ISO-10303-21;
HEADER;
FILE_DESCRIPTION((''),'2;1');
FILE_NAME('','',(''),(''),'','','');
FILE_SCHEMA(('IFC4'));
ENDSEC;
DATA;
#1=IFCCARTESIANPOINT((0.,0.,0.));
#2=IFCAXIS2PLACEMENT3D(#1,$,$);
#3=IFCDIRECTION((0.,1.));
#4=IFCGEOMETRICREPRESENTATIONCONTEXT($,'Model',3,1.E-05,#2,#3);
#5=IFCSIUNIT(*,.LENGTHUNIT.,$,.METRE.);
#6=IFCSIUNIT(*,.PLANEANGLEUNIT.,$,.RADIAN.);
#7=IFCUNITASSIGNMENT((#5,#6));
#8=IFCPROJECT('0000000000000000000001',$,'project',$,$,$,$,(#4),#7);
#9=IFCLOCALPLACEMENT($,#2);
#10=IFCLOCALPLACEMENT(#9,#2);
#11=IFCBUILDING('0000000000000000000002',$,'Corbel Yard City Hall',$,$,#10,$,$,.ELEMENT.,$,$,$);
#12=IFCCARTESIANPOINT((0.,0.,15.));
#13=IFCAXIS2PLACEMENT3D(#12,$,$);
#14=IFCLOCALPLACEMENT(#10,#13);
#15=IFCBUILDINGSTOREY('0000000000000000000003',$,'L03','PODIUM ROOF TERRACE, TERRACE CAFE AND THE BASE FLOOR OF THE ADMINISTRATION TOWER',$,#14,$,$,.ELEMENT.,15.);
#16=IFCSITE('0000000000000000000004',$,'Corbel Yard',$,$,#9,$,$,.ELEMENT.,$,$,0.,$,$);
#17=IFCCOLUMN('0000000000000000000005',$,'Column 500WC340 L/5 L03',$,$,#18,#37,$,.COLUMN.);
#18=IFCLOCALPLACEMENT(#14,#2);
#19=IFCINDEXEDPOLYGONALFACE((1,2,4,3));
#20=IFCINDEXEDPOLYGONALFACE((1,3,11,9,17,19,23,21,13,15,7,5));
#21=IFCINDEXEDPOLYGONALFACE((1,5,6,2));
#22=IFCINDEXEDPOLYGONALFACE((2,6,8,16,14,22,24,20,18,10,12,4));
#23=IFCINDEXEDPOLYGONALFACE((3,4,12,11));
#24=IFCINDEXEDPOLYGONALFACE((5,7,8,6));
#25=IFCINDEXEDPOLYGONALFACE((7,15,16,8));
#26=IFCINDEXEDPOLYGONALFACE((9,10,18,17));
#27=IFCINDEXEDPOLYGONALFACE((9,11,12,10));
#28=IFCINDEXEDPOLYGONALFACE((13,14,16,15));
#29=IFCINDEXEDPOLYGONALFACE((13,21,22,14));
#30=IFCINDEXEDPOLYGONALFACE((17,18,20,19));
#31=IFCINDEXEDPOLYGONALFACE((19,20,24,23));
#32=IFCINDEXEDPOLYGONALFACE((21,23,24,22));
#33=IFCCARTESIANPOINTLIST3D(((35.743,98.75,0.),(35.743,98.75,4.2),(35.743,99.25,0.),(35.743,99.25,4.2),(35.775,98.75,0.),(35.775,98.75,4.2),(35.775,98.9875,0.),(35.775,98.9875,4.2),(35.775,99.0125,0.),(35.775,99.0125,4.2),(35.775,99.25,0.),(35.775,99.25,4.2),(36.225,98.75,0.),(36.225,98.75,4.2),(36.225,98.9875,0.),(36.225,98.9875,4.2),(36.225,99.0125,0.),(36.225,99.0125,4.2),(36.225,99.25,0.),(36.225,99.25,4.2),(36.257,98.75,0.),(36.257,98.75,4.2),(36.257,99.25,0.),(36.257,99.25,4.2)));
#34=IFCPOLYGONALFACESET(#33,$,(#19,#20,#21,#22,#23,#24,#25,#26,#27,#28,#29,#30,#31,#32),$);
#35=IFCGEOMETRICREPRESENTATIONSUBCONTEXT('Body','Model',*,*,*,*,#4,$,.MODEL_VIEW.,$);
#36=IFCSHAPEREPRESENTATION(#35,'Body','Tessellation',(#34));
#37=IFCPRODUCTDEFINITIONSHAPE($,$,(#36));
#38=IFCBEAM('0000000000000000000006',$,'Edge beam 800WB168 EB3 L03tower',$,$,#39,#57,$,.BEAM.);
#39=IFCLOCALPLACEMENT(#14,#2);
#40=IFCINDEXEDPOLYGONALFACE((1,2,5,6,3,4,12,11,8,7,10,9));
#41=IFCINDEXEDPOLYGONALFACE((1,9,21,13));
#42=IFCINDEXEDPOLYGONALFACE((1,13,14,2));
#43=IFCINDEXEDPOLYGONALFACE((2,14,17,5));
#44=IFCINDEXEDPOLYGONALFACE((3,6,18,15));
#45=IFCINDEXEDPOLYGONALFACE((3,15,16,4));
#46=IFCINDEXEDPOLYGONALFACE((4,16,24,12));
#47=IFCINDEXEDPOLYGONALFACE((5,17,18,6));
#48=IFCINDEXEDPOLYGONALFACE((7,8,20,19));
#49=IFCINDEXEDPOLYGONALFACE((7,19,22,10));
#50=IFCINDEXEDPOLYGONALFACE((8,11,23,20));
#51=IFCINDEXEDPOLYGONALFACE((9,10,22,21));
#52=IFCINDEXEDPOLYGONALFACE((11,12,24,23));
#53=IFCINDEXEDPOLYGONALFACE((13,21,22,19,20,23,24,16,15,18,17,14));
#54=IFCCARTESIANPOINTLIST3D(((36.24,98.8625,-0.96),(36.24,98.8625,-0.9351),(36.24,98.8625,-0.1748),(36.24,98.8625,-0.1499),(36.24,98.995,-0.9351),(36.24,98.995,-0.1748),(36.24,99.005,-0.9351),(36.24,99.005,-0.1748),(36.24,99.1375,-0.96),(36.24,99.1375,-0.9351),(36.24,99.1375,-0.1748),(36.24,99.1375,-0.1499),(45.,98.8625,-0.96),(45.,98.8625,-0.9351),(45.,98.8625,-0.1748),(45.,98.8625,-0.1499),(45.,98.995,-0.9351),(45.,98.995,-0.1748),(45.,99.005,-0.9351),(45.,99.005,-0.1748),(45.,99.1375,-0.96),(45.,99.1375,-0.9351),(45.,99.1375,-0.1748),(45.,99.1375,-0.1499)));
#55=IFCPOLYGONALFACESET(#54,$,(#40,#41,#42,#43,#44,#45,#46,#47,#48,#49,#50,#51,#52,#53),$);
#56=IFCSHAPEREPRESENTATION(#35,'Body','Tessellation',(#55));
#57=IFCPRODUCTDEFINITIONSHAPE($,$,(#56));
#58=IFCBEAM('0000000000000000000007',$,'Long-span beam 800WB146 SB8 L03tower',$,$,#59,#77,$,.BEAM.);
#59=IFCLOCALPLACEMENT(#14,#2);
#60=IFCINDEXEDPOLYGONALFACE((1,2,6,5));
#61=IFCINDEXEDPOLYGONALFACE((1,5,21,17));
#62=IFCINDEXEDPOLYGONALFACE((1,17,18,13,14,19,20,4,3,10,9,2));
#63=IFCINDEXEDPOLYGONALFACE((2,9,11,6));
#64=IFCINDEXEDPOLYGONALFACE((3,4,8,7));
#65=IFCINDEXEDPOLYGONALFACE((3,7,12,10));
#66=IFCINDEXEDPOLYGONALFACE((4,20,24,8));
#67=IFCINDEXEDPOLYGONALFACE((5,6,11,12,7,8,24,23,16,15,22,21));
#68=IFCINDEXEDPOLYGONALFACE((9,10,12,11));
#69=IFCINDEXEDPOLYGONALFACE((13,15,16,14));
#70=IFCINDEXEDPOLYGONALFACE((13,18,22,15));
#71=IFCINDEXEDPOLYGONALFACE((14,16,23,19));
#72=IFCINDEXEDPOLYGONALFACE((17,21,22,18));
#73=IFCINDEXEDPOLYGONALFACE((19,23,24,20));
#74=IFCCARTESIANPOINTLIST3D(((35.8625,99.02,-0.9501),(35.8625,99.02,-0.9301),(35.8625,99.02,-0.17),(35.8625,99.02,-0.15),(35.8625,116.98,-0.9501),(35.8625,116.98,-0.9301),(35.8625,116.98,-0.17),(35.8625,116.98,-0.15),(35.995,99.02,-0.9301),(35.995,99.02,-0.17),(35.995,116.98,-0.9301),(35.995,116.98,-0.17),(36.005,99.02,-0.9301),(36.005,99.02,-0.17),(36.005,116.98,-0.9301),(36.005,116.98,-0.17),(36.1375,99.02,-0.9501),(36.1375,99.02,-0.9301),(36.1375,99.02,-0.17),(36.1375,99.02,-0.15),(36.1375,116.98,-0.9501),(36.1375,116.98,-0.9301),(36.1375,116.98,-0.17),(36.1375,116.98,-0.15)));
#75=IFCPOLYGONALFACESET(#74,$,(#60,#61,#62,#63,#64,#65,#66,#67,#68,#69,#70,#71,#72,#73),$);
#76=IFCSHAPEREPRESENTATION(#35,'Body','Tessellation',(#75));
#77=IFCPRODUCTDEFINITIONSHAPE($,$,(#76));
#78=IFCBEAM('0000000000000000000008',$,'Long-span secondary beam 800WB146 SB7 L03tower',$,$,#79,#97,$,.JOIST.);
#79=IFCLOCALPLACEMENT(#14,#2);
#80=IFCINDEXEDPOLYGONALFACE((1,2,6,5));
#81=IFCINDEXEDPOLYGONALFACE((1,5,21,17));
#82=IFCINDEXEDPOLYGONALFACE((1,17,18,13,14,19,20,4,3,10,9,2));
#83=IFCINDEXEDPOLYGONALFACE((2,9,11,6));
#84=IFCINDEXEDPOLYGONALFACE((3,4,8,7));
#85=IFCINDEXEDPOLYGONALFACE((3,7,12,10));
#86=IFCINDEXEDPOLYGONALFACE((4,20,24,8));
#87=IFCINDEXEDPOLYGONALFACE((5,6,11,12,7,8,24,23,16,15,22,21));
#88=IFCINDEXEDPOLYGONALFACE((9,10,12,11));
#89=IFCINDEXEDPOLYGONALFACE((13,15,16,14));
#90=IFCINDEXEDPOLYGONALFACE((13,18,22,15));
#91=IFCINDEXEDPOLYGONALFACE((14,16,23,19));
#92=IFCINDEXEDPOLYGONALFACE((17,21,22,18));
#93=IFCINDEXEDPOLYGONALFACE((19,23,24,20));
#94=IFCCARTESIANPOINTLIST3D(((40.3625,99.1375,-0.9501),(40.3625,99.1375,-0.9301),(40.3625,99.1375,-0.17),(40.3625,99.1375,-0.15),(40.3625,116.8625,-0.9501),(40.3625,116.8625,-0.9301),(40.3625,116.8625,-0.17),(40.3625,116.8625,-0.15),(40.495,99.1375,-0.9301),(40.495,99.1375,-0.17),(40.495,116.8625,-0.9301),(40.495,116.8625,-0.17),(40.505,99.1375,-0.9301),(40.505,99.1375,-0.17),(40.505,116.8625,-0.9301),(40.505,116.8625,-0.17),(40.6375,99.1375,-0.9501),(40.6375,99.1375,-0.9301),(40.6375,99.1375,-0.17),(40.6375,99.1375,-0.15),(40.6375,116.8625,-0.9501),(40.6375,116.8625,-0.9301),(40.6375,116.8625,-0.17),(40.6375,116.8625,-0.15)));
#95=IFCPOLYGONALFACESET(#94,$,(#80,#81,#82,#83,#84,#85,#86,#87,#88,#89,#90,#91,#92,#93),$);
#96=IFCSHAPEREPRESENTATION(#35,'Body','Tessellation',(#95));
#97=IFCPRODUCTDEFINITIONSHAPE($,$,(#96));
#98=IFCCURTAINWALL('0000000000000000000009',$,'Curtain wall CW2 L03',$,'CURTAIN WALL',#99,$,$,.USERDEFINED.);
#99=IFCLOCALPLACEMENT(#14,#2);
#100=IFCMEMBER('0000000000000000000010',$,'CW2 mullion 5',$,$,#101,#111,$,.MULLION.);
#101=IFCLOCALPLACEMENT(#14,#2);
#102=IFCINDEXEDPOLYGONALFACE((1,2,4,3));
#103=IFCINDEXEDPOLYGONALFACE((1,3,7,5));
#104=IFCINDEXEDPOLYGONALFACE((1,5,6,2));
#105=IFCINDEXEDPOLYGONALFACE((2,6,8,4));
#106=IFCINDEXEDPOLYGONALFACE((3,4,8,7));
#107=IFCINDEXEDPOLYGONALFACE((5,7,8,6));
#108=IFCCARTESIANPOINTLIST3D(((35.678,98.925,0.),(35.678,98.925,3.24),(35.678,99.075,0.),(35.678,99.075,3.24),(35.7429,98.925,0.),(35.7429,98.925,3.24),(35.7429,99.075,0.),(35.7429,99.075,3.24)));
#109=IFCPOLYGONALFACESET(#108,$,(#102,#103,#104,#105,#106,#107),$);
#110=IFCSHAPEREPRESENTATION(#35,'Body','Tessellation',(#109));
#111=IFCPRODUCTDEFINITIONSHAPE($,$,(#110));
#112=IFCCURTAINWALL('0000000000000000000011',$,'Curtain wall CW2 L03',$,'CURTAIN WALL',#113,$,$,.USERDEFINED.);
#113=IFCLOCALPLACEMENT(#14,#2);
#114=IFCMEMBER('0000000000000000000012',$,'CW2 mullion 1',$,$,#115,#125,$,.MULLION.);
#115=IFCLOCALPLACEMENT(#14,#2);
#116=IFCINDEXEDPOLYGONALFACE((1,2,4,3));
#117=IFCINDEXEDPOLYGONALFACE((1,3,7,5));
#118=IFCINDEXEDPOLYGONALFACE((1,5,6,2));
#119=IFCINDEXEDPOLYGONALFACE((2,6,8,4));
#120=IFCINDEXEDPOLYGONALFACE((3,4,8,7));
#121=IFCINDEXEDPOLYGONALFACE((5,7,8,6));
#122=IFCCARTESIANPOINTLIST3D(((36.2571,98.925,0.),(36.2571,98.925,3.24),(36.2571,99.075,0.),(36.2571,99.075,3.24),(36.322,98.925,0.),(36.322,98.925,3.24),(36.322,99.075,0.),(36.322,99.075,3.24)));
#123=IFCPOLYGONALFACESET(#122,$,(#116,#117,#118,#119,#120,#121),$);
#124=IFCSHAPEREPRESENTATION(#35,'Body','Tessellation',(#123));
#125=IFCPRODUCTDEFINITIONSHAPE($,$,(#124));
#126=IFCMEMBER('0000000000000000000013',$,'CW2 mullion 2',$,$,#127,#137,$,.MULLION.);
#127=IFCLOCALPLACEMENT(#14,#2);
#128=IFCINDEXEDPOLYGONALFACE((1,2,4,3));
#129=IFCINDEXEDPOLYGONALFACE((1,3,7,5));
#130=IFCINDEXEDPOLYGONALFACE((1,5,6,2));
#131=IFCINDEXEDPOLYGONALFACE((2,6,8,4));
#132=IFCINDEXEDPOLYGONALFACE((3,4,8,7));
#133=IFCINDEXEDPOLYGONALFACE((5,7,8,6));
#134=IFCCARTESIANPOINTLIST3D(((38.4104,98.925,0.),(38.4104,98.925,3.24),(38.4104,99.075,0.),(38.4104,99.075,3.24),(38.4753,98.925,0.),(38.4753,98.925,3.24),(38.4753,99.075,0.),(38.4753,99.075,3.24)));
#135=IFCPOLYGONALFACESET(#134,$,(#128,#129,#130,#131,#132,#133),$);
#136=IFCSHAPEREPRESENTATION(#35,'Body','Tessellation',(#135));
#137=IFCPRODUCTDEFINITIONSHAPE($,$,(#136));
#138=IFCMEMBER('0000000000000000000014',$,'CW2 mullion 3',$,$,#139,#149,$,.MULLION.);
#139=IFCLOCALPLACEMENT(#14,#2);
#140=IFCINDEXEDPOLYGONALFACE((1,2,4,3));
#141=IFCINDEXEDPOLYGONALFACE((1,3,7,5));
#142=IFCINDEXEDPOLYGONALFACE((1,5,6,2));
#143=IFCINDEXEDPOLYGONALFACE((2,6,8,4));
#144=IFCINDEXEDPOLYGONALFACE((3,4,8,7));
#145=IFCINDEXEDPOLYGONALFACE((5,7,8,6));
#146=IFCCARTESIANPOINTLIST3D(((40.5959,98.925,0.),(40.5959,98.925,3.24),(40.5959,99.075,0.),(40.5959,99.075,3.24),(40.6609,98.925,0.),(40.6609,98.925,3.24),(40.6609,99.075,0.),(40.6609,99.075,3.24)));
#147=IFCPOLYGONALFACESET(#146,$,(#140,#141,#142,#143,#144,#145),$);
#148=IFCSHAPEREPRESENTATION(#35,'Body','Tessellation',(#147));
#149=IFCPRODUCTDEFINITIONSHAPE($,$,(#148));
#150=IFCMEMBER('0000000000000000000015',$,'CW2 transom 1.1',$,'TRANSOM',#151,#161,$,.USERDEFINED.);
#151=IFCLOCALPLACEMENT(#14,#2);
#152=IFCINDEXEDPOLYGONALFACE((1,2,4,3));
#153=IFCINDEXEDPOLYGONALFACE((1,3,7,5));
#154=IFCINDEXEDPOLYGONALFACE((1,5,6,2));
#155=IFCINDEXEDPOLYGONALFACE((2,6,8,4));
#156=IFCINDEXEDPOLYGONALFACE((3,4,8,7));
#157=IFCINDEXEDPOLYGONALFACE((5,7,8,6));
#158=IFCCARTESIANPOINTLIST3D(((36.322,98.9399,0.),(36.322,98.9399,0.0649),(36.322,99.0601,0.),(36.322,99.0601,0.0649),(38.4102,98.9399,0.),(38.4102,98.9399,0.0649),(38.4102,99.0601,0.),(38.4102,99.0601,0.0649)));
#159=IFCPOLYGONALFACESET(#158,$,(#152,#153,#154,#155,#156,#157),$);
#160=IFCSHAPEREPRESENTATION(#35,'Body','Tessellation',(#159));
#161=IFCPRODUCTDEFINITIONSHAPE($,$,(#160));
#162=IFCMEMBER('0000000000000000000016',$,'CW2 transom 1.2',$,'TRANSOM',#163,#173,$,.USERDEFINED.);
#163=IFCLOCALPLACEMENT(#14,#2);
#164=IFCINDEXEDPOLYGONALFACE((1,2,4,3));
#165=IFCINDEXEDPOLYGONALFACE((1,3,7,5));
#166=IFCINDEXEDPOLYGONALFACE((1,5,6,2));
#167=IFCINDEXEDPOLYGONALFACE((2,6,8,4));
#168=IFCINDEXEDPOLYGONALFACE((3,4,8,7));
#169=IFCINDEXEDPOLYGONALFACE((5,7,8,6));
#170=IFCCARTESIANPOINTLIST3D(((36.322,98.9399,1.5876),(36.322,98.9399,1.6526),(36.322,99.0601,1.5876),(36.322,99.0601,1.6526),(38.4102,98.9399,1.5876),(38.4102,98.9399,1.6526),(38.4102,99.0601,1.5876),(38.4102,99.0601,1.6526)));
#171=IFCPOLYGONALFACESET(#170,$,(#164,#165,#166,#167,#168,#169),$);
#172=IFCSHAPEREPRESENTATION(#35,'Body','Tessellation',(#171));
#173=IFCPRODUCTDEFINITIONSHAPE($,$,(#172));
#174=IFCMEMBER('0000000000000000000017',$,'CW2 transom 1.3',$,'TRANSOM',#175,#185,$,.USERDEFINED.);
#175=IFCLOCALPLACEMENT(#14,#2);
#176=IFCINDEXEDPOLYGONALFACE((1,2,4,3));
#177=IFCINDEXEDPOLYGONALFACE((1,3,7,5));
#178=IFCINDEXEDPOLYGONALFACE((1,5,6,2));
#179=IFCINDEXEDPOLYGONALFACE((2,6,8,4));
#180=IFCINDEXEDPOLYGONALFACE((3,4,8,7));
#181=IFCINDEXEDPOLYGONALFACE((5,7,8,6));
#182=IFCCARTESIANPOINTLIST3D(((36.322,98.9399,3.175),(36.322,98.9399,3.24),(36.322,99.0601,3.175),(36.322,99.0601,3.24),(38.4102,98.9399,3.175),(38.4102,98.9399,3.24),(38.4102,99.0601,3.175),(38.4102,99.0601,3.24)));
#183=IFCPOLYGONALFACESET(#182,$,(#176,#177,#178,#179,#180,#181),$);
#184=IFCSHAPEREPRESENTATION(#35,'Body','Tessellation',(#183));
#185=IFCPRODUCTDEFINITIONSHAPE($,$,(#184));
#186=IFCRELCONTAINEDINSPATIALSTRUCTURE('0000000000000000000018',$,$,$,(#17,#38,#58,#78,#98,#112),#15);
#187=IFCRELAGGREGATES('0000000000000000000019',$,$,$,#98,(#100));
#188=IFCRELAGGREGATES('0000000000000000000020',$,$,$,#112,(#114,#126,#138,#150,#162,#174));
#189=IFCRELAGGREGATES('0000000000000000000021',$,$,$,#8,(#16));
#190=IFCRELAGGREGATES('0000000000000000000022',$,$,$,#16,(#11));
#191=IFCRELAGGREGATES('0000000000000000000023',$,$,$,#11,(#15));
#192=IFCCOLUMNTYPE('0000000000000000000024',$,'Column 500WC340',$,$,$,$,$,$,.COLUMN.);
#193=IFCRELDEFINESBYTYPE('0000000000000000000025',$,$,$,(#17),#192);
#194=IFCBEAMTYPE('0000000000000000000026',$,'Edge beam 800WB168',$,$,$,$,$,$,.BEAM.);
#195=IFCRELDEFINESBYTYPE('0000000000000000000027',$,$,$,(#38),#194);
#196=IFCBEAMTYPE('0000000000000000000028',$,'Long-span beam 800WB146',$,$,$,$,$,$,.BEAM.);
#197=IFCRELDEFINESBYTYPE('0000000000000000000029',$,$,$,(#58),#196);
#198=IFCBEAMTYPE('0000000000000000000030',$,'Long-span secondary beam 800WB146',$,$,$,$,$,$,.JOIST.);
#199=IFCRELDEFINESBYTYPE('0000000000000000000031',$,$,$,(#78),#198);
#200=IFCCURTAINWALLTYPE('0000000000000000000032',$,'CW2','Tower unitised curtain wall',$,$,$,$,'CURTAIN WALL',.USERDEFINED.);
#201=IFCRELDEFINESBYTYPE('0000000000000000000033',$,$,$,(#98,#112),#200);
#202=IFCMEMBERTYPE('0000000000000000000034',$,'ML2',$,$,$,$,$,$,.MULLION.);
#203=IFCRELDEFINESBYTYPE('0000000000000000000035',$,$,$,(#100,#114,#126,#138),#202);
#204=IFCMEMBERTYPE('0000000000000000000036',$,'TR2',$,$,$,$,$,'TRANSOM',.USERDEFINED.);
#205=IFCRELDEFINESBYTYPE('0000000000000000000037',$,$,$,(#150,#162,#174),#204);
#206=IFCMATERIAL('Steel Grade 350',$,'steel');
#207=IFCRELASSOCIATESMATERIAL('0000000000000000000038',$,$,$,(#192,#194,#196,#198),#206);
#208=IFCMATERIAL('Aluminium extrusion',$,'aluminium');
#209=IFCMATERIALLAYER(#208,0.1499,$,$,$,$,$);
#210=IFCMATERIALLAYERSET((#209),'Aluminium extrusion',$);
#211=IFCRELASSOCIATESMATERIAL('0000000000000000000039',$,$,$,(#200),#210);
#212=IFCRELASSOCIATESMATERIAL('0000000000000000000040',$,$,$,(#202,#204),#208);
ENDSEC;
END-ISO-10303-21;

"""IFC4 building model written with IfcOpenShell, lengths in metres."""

from ifc_helpers import new_model, si_unit, direction, frame, origin, origin_2d, place, context, subcontext, project, spatial, rectangle, i_section, extrude, material, layer, layer_set, material_profile, profile_set, type_object, element, aggregate, save


model = new_model("IFC4")

# Units and contexts
model_context = context("Model", 3, precision=1e-05, world=origin(), true_north=direction((0.0, 1.0)))
body_context = subcontext(model_context, "Body", "Model", "MODEL_VIEW")
ifc_project = project(units=[si_unit("LENGTHUNIT", "METRE"), si_unit("PLANEANGLEUNIT", "RADIAN")], contexts=[model_context])

# Site, building, storey
site_placement = place(None, origin())
site = spatial("IfcSite", under=ifc_project, at=site_placement, Name="Corbel Yard", CompositionType="ELEMENT", RefElevation=0.0)
building_placement = place(site_placement, origin())
building = spatial("IfcBuilding", under=site, at=building_placement, Name="Corbel Yard City Hall", CompositionType="ELEMENT")
storey_placement = place(building_placement, frame((0.0, 0.0, 15.0)))
storey = spatial("IfcBuildingStorey", under=building, at=storey_placement, Name="L03", Description="PODIUM ROOF TERRACE, TERRACE CAFE AND THE BASE FLOOR OF THE ADMINISTRATION TOWER", CompositionType="ELEMENT", Elevation=15.0)

# Column
ifc_material_1 = material(Name="Steel Grade 350", Category="steel")
ifc_material_profile_1 = material_profile(ifc_material_1, i_section(OverallWidth=0.5, OverallDepth=0.5139, WebThickness=0.0249, FlangeThickness=0.032, at=origin_2d()), Name="500WC340")
ifc_profile_set_1 = profile_set([ifc_material_profile_1], Name="Steel Grade 350")
column_type = type_object("IfcColumnType", Name="Column 500WC340", PredefinedType="COLUMN", material=ifc_profile_set_1)
column_placement = place(storey_placement, frame((36.0, 99.0, 0.0), z_axis=(0.0, 0.0, 1.0), x_axis=(0.0, 1.0, 0.0)))
element("IfcColumn", 1, at=column_placement, inside=storey, type_object=column_type, Name="Column 500WC340 L/5 L03", PredefinedType="COLUMN", context=body_context, shape_type="SweptSolid", body=[
    extrude(i_section(OverallWidth=0.5, OverallDepth=0.5139, WebThickness=0.0249, FlangeThickness=0.032, at=origin_2d()), origin(), (0.0, 0.0, 1.0), 4.2),
])

# Beams
ifc_material_profile_2 = material_profile(ifc_material_1, i_section(OverallWidth=0.2749, OverallDepth=0.8101, WebThickness=0.01, FlangeThickness=0.0249, at=origin_2d()), Name="800WB168")
ifc_profile_set_2 = profile_set([ifc_material_profile_2], Name="Steel Grade 350")
beam_type_1 = type_object("IfcBeamType", Name="Edge beam 800WB168", PredefinedType="BEAM", material=ifc_profile_set_2)
beam_1_placement = place(storey_placement, frame((36.24, 99.0, -0.5549), z_axis=(1.0, 0.0, 0.0), x_axis=(0.0, 1.0, 0.0)))
element("IfcBeam", 2, at=beam_1_placement, inside=storey, type_object=beam_type_1, Name="Edge beam 800WB168 EB3 L03tower", PredefinedType="BEAM", context=body_context, shape_type="SweptSolid", body=[
    extrude(i_section(OverallWidth=0.2749, OverallDepth=0.8101, WebThickness=0.01, FlangeThickness=0.0249, at=origin_2d()), origin(), (0.0, 0.0, 1.0), 8.76),
])
ifc_material_profile_3 = material_profile(ifc_material_1, i_section(OverallWidth=0.2749, OverallDepth=0.8, WebThickness=0.01, FlangeThickness=0.02, at=origin_2d()), Name="800WB146")
ifc_profile_set_3 = profile_set([ifc_material_profile_3], Name="Steel Grade 350")
beam_type_2 = type_object("IfcBeamType", Name="Long-span beam 800WB146", PredefinedType="BEAM", material=ifc_profile_set_3)
beam_2_placement = place(storey_placement, frame((36.0, 99.02, -0.55), z_axis=(0.0, 1.0, 0.0), x_axis=(-1.0, 0.0, 0.0)))
element("IfcBeam", 3, at=beam_2_placement, inside=storey, type_object=beam_type_2, Name="Long-span beam 800WB146 SB8 L03tower", PredefinedType="BEAM", context=body_context, shape_type="SweptSolid", body=[
    extrude(i_section(OverallWidth=0.2749, OverallDepth=0.8, WebThickness=0.01, FlangeThickness=0.02, at=origin_2d()), origin(), (0.0, 0.0, 1.0), 17.96),
])
ifc_material_profile_4 = material_profile(ifc_material_1, i_section(OverallWidth=0.2749, OverallDepth=0.8, WebThickness=0.01, FlangeThickness=0.02, at=origin_2d()), Name="800WB146")
ifc_profile_set_4 = profile_set([ifc_material_profile_4], Name="Steel Grade 350")
beam_type_3 = type_object("IfcBeamType", Name="Long-span secondary beam 800WB146", PredefinedType="JOIST", material=ifc_profile_set_4)
beam_3_placement = place(storey_placement, frame((40.5, 99.1375, -0.55), z_axis=(0.0, 1.0, 0.0), x_axis=(-1.0, 0.0, 0.0)))
element("IfcBeam", 4, at=beam_3_placement, inside=storey, type_object=beam_type_3, Name="Long-span secondary beam 800WB146 SB7 L03tower", PredefinedType="JOIST", context=body_context, shape_type="SweptSolid", body=[
    extrude(i_section(OverallWidth=0.2749, OverallDepth=0.8, WebThickness=0.01, FlangeThickness=0.02, at=origin_2d()), origin(), (0.0, 0.0, 1.0), 17.7251),
])

# Curtain wall, member
ifc_material_2 = material(Name="Aluminium extrusion", Category="aluminium")
ifc_layer_1 = layer(ifc_material_2, 0.1499)
ifc_layer_set_1 = layer_set([ifc_layer_1], Name="Aluminium extrusion")
curtain_wall_type = type_object("IfcCurtainWallType", Name="CW2", Description="Tower unitised curtain wall", ElementType="CURTAIN WALL", PredefinedType="USERDEFINED", material=ifc_layer_set_1)
curtain_wall_1_placement = place(storey_placement, origin())
curtain_wall_1 = element("IfcCurtainWall", 5, at=curtain_wall_1_placement, inside=storey, type_object=curtain_wall_type, Name="Curtain wall CW2 L03", ObjectType="CURTAIN WALL", PredefinedType="USERDEFINED")
ifc_material_profile_5 = material_profile(ifc_material_2, rectangle(XDim=0.1499, YDim=0.0649, at=origin_2d()), Name="150x65")
ifc_profile_set_5 = profile_set([ifc_material_profile_5], Name="Aluminium extrusion")
member_type_1 = type_object("IfcMemberType", Name="ML2", PredefinedType="MULLION", material=ifc_profile_set_5)
member_1_placement = place(storey_placement, frame((35.7104, 99.0, 0.0), z_axis=(0.0, 0.0, 1.0), x_axis=(0.0, 1.0, 0.0)))
member_1 = element("IfcMember", 6, at=member_1_placement, type_object=member_type_1, Name="CW2 mullion 5", PredefinedType="MULLION", context=body_context, shape_type="SweptSolid", body=[
    extrude(rectangle(XDim=0.1499, YDim=0.0649, at=origin_2d()), origin(), (0.0, 0.0, 1.0), 3.24),
])

# Curtain wall, members
curtain_wall_2_placement = place(storey_placement, origin())
curtain_wall_2 = element("IfcCurtainWall", 7, at=curtain_wall_2_placement, inside=storey, type_object=curtain_wall_type, Name="Curtain wall CW2 L03", ObjectType="CURTAIN WALL", PredefinedType="USERDEFINED")
member_2_placement = place(storey_placement, frame((36.2896, 99.0, 0.0), z_axis=(0.0, 0.0, 1.0), x_axis=(0.0, 1.0, 0.0)))
member_2 = element("IfcMember", 8, at=member_2_placement, type_object=member_type_1, Name="CW2 mullion 1", PredefinedType="MULLION", context=body_context, shape_type="SweptSolid", body=[
    extrude(rectangle(XDim=0.1499, YDim=0.0649, at=origin_2d()), origin(), (0.0, 0.0, 1.0), 3.24),
])
member_3_placement = place(storey_placement, frame((38.4429, 99.0, 0.0), z_axis=(0.0, 0.0, 1.0), x_axis=(0.0, 1.0, 0.0)))
member_3 = element("IfcMember", 9, at=member_3_placement, type_object=member_type_1, Name="CW2 mullion 2", PredefinedType="MULLION", context=body_context, shape_type="SweptSolid", body=[
    extrude(rectangle(XDim=0.1499, YDim=0.0649, at=origin_2d()), origin(), (0.0, 0.0, 1.0), 3.24),
])
member_4_placement = place(storey_placement, frame((40.6284, 99.0, 0.0), z_axis=(0.0, 0.0, 1.0), x_axis=(0.0, 1.0, 0.0)))
member_4 = element("IfcMember", 10, at=member_4_placement, type_object=member_type_1, Name="CW2 mullion 3", PredefinedType="MULLION", context=body_context, shape_type="SweptSolid", body=[
    extrude(rectangle(XDim=0.1499, YDim=0.0649, at=origin_2d()), origin(), (0.0, 0.0, 1.0), 3.24),
])
ifc_material_profile_6 = material_profile(ifc_material_2, rectangle(XDim=0.1201, YDim=0.0649, at=origin_2d()), Name="120x65")
ifc_profile_set_6 = profile_set([ifc_material_profile_6], Name="Aluminium extrusion")
member_type_2 = type_object("IfcMemberType", Name="TR2", ElementType="TRANSOM", PredefinedType="USERDEFINED", material=ifc_profile_set_6)
member_5_placement = place(storey_placement, frame((36.322, 99.0, 0.0325), z_axis=(1.0, 0.0, 0.0), x_axis=(0.0, 1.0, 0.0)))
member_5 = element("IfcMember", 11, at=member_5_placement, type_object=member_type_2, Name="CW2 transom 1.1", ObjectType="TRANSOM", PredefinedType="USERDEFINED", context=body_context, shape_type="SweptSolid", body=[
    extrude(rectangle(XDim=0.1201, YDim=0.0649, at=origin_2d()), origin(), (0.0, 0.0, 1.0), 2.0881),
])
member_6_placement = place(storey_placement, frame((36.322, 99.0, 1.6201), z_axis=(1.0, 0.0, 0.0), x_axis=(0.0, 1.0, 0.0)))
member_6 = element("IfcMember", 12, at=member_6_placement, type_object=member_type_2, Name="CW2 transom 1.2", ObjectType="TRANSOM", PredefinedType="USERDEFINED", context=body_context, shape_type="SweptSolid", body=[
    extrude(rectangle(XDim=0.1201, YDim=0.0649, at=origin_2d()), origin(), (0.0, 0.0, 1.0), 2.0881),
])
member_7_placement = place(storey_placement, frame((36.322, 99.0, 3.2075), z_axis=(1.0, 0.0, 0.0), x_axis=(0.0, 1.0, 0.0)))
member_7 = element("IfcMember", 13, at=member_7_placement, type_object=member_type_2, Name="CW2 transom 1.3", ObjectType="TRANSOM", PredefinedType="USERDEFINED", context=body_context, shape_type="SweptSolid", body=[
    extrude(rectangle(XDim=0.1201, YDim=0.0649, at=origin_2d()), origin(), (0.0, 0.0, 1.0), 2.0881),
])

aggregate(curtain_wall_1, [member_1])
aggregate(curtain_wall_2, [member_2, member_3, member_4, member_5, member_6, member_7])

save(model, "model.ifc")
